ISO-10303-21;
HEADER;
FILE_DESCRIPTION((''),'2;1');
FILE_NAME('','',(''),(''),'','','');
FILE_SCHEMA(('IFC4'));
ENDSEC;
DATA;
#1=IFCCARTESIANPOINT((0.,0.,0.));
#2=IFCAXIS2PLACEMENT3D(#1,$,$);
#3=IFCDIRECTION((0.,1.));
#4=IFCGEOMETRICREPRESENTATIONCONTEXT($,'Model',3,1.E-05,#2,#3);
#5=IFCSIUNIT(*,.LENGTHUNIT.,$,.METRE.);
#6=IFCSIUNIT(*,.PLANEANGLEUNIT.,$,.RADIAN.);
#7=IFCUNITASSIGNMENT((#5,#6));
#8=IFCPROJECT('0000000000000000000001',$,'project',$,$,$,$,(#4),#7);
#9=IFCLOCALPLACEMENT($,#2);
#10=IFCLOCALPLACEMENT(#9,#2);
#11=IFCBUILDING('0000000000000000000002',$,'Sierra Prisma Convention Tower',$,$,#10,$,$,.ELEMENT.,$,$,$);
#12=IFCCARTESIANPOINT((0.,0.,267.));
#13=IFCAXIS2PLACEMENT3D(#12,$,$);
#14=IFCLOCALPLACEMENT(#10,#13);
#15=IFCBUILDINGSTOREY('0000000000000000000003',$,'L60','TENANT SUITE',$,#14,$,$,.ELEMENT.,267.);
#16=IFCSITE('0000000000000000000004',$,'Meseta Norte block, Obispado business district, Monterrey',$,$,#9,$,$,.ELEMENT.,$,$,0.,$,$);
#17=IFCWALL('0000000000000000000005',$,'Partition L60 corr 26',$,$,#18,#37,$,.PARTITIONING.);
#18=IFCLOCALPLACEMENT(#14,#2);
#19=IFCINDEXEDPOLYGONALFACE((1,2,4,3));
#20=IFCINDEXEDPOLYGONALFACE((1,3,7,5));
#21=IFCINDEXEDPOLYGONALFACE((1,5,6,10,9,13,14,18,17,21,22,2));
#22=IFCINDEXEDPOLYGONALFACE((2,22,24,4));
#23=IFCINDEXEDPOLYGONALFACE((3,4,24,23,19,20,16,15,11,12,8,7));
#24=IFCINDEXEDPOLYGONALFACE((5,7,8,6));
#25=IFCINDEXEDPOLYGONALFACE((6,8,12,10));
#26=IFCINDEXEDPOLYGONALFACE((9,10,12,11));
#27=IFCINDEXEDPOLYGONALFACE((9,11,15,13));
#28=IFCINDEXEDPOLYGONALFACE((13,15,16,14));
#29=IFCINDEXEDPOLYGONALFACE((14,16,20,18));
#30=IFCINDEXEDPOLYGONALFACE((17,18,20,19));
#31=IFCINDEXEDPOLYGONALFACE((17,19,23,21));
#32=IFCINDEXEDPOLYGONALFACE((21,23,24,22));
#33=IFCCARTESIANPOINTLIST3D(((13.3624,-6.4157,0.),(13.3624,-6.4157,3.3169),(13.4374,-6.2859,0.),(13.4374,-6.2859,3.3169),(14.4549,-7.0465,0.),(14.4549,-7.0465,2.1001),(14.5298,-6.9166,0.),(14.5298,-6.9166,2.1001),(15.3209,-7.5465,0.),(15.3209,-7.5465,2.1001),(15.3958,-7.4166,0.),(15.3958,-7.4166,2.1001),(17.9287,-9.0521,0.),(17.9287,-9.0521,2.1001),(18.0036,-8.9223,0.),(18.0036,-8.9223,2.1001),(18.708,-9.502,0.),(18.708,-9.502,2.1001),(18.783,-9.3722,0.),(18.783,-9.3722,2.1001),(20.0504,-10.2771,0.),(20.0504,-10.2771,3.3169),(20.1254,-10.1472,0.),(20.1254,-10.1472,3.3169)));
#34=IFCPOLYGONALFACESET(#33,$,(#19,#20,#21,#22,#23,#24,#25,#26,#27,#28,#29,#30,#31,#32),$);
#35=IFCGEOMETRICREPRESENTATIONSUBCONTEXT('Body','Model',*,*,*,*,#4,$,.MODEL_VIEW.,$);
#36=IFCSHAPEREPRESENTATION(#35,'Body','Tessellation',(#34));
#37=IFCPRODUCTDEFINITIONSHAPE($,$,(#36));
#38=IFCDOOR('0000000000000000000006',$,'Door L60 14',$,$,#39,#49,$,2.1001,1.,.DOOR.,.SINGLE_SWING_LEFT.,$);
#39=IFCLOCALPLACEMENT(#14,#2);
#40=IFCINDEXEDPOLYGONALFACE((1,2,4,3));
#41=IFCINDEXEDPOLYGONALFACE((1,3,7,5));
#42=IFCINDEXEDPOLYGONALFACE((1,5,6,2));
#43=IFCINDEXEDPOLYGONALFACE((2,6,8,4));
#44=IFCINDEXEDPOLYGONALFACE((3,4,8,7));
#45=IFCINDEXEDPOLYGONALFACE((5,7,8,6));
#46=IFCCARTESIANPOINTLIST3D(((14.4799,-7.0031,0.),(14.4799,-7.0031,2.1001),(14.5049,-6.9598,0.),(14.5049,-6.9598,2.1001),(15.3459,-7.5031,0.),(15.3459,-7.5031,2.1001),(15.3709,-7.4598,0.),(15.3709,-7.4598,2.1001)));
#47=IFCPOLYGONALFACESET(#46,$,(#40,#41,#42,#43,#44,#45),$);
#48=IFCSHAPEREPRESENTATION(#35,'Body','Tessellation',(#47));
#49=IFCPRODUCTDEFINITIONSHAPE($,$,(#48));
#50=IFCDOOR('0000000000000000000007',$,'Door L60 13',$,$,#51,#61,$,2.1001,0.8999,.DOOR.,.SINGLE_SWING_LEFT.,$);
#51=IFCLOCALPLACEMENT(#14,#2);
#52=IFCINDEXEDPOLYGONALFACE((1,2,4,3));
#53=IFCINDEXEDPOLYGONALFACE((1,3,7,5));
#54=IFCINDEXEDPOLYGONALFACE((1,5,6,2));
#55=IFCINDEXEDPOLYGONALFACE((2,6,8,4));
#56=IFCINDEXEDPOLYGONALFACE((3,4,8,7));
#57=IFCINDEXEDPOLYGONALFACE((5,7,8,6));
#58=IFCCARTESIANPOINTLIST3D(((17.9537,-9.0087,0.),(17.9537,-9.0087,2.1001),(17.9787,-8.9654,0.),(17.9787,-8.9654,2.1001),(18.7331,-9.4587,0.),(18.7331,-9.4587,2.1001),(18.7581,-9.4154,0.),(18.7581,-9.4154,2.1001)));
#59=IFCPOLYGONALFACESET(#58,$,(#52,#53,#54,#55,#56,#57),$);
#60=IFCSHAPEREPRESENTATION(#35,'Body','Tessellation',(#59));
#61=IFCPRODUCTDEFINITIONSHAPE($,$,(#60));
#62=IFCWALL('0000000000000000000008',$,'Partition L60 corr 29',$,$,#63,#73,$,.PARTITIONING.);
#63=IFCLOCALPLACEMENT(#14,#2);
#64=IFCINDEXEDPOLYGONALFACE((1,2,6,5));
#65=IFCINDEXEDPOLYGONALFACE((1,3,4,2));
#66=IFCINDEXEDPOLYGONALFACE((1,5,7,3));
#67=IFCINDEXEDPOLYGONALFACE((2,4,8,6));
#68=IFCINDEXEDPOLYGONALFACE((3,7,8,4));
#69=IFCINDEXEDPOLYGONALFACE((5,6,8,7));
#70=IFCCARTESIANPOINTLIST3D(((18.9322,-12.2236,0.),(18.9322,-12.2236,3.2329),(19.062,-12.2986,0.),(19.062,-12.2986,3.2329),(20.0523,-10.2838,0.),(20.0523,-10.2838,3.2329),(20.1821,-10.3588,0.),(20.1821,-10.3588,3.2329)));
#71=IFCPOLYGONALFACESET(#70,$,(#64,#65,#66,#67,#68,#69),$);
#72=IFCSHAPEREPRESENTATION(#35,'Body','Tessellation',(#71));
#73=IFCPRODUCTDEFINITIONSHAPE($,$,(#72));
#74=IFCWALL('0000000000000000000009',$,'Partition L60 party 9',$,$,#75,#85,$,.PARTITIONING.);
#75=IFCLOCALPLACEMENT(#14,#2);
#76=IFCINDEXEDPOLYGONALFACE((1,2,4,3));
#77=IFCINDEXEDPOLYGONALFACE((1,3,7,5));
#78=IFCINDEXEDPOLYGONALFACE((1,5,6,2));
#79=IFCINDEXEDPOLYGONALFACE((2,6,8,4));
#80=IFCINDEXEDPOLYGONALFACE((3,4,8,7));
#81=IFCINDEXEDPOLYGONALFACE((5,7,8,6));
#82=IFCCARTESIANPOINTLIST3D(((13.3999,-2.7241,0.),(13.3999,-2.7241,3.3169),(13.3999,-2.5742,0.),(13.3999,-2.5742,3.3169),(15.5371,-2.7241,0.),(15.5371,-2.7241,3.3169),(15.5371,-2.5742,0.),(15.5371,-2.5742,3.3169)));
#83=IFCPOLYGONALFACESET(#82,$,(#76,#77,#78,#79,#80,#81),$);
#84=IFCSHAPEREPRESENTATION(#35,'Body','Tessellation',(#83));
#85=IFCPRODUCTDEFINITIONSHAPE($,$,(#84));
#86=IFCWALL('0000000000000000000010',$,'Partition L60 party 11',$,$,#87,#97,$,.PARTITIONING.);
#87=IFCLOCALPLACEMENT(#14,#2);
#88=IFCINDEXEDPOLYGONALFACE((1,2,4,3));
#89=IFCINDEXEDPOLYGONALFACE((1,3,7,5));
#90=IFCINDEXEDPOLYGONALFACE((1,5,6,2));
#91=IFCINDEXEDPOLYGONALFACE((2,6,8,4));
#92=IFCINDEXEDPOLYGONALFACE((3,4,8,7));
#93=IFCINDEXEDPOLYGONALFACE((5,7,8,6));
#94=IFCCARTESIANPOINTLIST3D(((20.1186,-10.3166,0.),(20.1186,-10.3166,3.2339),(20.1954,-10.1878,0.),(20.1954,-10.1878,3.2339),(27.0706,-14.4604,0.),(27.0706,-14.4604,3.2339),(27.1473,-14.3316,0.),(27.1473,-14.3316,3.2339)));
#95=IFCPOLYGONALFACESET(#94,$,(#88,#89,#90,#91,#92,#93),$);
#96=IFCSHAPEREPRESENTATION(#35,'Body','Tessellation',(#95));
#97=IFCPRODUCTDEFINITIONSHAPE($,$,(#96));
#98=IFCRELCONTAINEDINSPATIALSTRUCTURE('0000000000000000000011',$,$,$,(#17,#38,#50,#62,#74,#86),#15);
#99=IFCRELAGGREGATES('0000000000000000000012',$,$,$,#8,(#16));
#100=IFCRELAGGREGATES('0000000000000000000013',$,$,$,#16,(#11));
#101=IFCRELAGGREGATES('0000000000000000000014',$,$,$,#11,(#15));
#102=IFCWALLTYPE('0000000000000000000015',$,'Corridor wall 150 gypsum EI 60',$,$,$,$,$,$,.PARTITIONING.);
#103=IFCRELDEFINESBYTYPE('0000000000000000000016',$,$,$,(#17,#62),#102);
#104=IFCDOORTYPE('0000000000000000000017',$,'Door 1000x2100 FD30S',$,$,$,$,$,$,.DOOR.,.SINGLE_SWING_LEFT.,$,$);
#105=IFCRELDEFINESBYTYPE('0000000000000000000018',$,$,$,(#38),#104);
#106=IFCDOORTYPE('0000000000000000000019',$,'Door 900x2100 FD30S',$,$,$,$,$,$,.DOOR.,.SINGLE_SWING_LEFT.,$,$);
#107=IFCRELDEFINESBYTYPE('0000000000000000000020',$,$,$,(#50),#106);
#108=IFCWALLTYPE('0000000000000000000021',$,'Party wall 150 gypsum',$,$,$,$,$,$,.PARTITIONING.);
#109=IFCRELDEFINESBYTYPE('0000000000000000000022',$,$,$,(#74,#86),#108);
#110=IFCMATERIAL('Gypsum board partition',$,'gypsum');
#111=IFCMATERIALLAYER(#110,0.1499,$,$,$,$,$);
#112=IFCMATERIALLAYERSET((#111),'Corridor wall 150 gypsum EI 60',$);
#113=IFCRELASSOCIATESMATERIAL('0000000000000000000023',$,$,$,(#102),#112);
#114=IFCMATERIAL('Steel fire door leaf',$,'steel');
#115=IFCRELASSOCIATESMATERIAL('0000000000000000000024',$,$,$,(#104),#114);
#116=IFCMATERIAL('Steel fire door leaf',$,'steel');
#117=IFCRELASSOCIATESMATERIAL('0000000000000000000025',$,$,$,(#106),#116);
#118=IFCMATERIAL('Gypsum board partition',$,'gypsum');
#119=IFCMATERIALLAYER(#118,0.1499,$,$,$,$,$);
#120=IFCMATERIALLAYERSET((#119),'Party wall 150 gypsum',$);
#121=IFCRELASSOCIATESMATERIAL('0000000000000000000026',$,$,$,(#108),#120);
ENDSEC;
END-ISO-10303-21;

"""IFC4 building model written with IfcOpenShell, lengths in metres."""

from ifc_helpers import new_model, si_unit, direction, frame, frame_2d, origin, place, context, subcontext, project, spatial, rectangle, extrude, material, layer, layer_set, type_object, element, fill, save


model = new_model("IFC4")

# Units and contexts
model_context = context("Model", 3, precision=1e-05, world=origin(), true_north=direction((0.0, 1.0)))
body_context = subcontext(model_context, "Body", "Model", "MODEL_VIEW")
ifc_project = project(units=[si_unit("LENGTHUNIT", "METRE"), si_unit("PLANEANGLEUNIT", "RADIAN")], contexts=[model_context])

# Site, building, storey
site_placement = place(None, origin())
site = spatial("IfcSite", under=ifc_project, at=site_placement, Name="Meseta Norte block, Obispado business district, Monterrey", CompositionType="ELEMENT", RefElevation=0.0)
building_placement = place(site_placement, origin())
building = spatial("IfcBuilding", under=site, at=building_placement, Name="Sierra Prisma Convention Tower", CompositionType="ELEMENT")
storey_placement = place(building_placement, frame((0.0, 0.0, 267.0)))
storey = spatial("IfcBuildingStorey", under=building, at=storey_placement, Name="L60", Description="TENANT SUITE", CompositionType="ELEMENT", Elevation=267.0)

# Wall, openings, doors
ifc_material_1 = material(Name="Gypsum board partition", Category="gypsum")
ifc_layer_1 = layer(ifc_material_1, 0.1499)
ifc_layer_set_1 = layer_set([ifc_layer_1], Name="Corridor wall 150 gypsum EI 60")
wall_type_1 = type_object("IfcWallType", Name="Corridor wall 150 gypsum EI 60", PredefinedType="PARTITIONING", material=ifc_layer_set_1)
wall_1_placement = place(storey_placement, frame((20.0879, -10.2122, 0.0), z_axis=(0.0, 0.0, 1.0), x_axis=(-0.866024, 0.500002, 0.0)))
wall_1 = element("IfcWall", 1, at=wall_1_placement, inside=storey, type_object=wall_type_1, Name="Partition L60 corr 26", PredefinedType="PARTITIONING", context=body_context, shape_type="SweptSolid", body=[
    extrude(rectangle(XDim=7.7227, YDim=0.1499, at=frame_2d((3.8613, 0.0))), origin(), (0.0, 0.0, 1.0), 3.3169),
])
opening_1_placement = place(wall_1_placement, frame((1.55, 0.0, 0.0)))
opening_1 = element("IfcOpeningElement", 2, at=opening_1_placement, cuts=wall_1, PredefinedType="OPENING", context=body_context, shape_type="SweptSolid", body=[
    extrude(rectangle(XDim=0.8999, YDim=2.1001, at=frame_2d((0.45, 1.05))), frame((0.0, 0.075, 0.0), z_axis=(0.0, -1.0, 0.0), x_axis=(1.0, 0.0, 0.0)), (0.0, 0.0, 1.0), 0.1499),
])
opening_2_placement = place(wall_1_placement, frame((5.4612, 0.0, 0.0)))
opening_2 = element("IfcOpeningElement", 3, at=opening_2_placement, cuts=wall_1, PredefinedType="OPENING", context=body_context, shape_type="SweptSolid", body=[
    extrude(rectangle(XDim=1.0, YDim=2.1001, at=frame_2d((0.5, 1.05))), frame((0.0, 0.075, 0.0), z_axis=(0.0, -1.0, 0.0), x_axis=(1.0, 0.0, 0.0)), (0.0, 0.0, 1.0), 0.1499),
])
ifc_material_2 = material(Name="Steel fire door leaf", Category="steel")
door_type_1 = type_object("IfcDoorType", Name="Door 1000x2100 FD30S", OperationType="SINGLE_SWING_LEFT", PredefinedType="DOOR", material=ifc_material_2)
door_1_placement = place(opening_2_placement, origin())
door_1 = element("IfcDoor", 4, at=door_1_placement, inside=storey, type_object=door_type_1, Name="Door L60 14", OperationType="SINGLE_SWING_LEFT", OverallHeight=2.1001, OverallWidth=1.0, PredefinedType="DOOR", context=body_context, shape_type="SweptSolid", body=[
    extrude(rectangle(XDim=1.0, YDim=2.1001, at=frame_2d((0.5, 1.05))), frame((0.0, 0.0249, 0.0), z_axis=(0.0, -1.0, 0.0), x_axis=(1.0, 0.0, 0.0)), (0.0, 0.0, 1.0), 0.05),
])
fill(opening_2, door_1)
ifc_material_3 = material(Name="Steel fire door leaf", Category="steel")
door_type_2 = type_object("IfcDoorType", Name="Door 900x2100 FD30S", OperationType="SINGLE_SWING_LEFT", PredefinedType="DOOR", material=ifc_material_3)
door_2_placement = place(opening_1_placement, origin())
door_2 = element("IfcDoor", 5, at=door_2_placement, inside=storey, type_object=door_type_2, Name="Door L60 13", OperationType="SINGLE_SWING_LEFT", OverallHeight=2.1001, OverallWidth=0.8999, PredefinedType="DOOR", context=body_context, shape_type="SweptSolid", body=[
    extrude(rectangle(XDim=0.8999, YDim=2.1001, at=frame_2d((0.45, 1.05))), frame((0.0, 0.0249, 0.0), z_axis=(0.0, -1.0, 0.0), x_axis=(1.0, 0.0, 0.0)), (0.0, 0.0, 1.0), 0.05),
])
fill(opening_1, door_2)

# Walls
wall_2_placement = place(storey_placement, frame((18.9971, -12.2612, 0.0), z_axis=(0.0, 0.0, 1.0), x_axis=(0.500031, 0.866008, 0.0)))
element("IfcWall", 6, at=wall_2_placement, inside=storey, type_object=wall_type_1, Name="Partition L60 corr 29", PredefinedType="PARTITIONING", context=body_context, shape_type="SweptSolid", body=[
    extrude(rectangle(XDim=2.24, YDim=0.1499, at=frame_2d((1.1201, 0.0))), origin(), (0.0, 0.0, 1.0), 3.2329),
])
ifc_material_4 = material(Name="Gypsum board partition", Category="gypsum")
ifc_layer_2 = layer(ifc_material_4, 0.1499)
ifc_layer_set_2 = layer_set([ifc_layer_2], Name="Party wall 150 gypsum")
wall_type_2 = type_object("IfcWallType", Name="Party wall 150 gypsum", PredefinedType="PARTITIONING", material=ifc_layer_set_2)
wall_3_placement = place(storey_placement, frame((15.5371, -2.6492, 0.0), z_axis=(0.0, 0.0, 1.0), x_axis=(-1.0, 0.0, 0.0)))
element("IfcWall", 7, at=wall_3_placement, inside=storey, type_object=wall_type_2, Name="Partition L60 party 9", PredefinedType="PARTITIONING", context=body_context, shape_type="SweptSolid", body=[
    extrude(rectangle(XDim=2.1372, YDim=0.1499, at=frame_2d((1.0686, 0.0))), origin(), (0.0, 0.0, 1.0), 3.3169),
])
wall_4_placement = place(storey_placement, frame((20.157, -10.2522, 0.0), z_axis=(0.0, 0.0, 1.0), x_axis=(0.85898, -0.512009, 0.0)))
element("IfcWall", 8, at=wall_4_placement, inside=storey, type_object=wall_type_2, Name="Partition L60 party 11", PredefinedType="PARTITIONING", context=body_context, shape_type="SweptSolid", body=[
    extrude(rectangle(XDim=8.0933, YDim=0.1499, at=frame_2d((4.0466, 0.0))), origin(), (0.0, 0.0, 1.0), 3.2339),
])

save(model, "model.ifc")
